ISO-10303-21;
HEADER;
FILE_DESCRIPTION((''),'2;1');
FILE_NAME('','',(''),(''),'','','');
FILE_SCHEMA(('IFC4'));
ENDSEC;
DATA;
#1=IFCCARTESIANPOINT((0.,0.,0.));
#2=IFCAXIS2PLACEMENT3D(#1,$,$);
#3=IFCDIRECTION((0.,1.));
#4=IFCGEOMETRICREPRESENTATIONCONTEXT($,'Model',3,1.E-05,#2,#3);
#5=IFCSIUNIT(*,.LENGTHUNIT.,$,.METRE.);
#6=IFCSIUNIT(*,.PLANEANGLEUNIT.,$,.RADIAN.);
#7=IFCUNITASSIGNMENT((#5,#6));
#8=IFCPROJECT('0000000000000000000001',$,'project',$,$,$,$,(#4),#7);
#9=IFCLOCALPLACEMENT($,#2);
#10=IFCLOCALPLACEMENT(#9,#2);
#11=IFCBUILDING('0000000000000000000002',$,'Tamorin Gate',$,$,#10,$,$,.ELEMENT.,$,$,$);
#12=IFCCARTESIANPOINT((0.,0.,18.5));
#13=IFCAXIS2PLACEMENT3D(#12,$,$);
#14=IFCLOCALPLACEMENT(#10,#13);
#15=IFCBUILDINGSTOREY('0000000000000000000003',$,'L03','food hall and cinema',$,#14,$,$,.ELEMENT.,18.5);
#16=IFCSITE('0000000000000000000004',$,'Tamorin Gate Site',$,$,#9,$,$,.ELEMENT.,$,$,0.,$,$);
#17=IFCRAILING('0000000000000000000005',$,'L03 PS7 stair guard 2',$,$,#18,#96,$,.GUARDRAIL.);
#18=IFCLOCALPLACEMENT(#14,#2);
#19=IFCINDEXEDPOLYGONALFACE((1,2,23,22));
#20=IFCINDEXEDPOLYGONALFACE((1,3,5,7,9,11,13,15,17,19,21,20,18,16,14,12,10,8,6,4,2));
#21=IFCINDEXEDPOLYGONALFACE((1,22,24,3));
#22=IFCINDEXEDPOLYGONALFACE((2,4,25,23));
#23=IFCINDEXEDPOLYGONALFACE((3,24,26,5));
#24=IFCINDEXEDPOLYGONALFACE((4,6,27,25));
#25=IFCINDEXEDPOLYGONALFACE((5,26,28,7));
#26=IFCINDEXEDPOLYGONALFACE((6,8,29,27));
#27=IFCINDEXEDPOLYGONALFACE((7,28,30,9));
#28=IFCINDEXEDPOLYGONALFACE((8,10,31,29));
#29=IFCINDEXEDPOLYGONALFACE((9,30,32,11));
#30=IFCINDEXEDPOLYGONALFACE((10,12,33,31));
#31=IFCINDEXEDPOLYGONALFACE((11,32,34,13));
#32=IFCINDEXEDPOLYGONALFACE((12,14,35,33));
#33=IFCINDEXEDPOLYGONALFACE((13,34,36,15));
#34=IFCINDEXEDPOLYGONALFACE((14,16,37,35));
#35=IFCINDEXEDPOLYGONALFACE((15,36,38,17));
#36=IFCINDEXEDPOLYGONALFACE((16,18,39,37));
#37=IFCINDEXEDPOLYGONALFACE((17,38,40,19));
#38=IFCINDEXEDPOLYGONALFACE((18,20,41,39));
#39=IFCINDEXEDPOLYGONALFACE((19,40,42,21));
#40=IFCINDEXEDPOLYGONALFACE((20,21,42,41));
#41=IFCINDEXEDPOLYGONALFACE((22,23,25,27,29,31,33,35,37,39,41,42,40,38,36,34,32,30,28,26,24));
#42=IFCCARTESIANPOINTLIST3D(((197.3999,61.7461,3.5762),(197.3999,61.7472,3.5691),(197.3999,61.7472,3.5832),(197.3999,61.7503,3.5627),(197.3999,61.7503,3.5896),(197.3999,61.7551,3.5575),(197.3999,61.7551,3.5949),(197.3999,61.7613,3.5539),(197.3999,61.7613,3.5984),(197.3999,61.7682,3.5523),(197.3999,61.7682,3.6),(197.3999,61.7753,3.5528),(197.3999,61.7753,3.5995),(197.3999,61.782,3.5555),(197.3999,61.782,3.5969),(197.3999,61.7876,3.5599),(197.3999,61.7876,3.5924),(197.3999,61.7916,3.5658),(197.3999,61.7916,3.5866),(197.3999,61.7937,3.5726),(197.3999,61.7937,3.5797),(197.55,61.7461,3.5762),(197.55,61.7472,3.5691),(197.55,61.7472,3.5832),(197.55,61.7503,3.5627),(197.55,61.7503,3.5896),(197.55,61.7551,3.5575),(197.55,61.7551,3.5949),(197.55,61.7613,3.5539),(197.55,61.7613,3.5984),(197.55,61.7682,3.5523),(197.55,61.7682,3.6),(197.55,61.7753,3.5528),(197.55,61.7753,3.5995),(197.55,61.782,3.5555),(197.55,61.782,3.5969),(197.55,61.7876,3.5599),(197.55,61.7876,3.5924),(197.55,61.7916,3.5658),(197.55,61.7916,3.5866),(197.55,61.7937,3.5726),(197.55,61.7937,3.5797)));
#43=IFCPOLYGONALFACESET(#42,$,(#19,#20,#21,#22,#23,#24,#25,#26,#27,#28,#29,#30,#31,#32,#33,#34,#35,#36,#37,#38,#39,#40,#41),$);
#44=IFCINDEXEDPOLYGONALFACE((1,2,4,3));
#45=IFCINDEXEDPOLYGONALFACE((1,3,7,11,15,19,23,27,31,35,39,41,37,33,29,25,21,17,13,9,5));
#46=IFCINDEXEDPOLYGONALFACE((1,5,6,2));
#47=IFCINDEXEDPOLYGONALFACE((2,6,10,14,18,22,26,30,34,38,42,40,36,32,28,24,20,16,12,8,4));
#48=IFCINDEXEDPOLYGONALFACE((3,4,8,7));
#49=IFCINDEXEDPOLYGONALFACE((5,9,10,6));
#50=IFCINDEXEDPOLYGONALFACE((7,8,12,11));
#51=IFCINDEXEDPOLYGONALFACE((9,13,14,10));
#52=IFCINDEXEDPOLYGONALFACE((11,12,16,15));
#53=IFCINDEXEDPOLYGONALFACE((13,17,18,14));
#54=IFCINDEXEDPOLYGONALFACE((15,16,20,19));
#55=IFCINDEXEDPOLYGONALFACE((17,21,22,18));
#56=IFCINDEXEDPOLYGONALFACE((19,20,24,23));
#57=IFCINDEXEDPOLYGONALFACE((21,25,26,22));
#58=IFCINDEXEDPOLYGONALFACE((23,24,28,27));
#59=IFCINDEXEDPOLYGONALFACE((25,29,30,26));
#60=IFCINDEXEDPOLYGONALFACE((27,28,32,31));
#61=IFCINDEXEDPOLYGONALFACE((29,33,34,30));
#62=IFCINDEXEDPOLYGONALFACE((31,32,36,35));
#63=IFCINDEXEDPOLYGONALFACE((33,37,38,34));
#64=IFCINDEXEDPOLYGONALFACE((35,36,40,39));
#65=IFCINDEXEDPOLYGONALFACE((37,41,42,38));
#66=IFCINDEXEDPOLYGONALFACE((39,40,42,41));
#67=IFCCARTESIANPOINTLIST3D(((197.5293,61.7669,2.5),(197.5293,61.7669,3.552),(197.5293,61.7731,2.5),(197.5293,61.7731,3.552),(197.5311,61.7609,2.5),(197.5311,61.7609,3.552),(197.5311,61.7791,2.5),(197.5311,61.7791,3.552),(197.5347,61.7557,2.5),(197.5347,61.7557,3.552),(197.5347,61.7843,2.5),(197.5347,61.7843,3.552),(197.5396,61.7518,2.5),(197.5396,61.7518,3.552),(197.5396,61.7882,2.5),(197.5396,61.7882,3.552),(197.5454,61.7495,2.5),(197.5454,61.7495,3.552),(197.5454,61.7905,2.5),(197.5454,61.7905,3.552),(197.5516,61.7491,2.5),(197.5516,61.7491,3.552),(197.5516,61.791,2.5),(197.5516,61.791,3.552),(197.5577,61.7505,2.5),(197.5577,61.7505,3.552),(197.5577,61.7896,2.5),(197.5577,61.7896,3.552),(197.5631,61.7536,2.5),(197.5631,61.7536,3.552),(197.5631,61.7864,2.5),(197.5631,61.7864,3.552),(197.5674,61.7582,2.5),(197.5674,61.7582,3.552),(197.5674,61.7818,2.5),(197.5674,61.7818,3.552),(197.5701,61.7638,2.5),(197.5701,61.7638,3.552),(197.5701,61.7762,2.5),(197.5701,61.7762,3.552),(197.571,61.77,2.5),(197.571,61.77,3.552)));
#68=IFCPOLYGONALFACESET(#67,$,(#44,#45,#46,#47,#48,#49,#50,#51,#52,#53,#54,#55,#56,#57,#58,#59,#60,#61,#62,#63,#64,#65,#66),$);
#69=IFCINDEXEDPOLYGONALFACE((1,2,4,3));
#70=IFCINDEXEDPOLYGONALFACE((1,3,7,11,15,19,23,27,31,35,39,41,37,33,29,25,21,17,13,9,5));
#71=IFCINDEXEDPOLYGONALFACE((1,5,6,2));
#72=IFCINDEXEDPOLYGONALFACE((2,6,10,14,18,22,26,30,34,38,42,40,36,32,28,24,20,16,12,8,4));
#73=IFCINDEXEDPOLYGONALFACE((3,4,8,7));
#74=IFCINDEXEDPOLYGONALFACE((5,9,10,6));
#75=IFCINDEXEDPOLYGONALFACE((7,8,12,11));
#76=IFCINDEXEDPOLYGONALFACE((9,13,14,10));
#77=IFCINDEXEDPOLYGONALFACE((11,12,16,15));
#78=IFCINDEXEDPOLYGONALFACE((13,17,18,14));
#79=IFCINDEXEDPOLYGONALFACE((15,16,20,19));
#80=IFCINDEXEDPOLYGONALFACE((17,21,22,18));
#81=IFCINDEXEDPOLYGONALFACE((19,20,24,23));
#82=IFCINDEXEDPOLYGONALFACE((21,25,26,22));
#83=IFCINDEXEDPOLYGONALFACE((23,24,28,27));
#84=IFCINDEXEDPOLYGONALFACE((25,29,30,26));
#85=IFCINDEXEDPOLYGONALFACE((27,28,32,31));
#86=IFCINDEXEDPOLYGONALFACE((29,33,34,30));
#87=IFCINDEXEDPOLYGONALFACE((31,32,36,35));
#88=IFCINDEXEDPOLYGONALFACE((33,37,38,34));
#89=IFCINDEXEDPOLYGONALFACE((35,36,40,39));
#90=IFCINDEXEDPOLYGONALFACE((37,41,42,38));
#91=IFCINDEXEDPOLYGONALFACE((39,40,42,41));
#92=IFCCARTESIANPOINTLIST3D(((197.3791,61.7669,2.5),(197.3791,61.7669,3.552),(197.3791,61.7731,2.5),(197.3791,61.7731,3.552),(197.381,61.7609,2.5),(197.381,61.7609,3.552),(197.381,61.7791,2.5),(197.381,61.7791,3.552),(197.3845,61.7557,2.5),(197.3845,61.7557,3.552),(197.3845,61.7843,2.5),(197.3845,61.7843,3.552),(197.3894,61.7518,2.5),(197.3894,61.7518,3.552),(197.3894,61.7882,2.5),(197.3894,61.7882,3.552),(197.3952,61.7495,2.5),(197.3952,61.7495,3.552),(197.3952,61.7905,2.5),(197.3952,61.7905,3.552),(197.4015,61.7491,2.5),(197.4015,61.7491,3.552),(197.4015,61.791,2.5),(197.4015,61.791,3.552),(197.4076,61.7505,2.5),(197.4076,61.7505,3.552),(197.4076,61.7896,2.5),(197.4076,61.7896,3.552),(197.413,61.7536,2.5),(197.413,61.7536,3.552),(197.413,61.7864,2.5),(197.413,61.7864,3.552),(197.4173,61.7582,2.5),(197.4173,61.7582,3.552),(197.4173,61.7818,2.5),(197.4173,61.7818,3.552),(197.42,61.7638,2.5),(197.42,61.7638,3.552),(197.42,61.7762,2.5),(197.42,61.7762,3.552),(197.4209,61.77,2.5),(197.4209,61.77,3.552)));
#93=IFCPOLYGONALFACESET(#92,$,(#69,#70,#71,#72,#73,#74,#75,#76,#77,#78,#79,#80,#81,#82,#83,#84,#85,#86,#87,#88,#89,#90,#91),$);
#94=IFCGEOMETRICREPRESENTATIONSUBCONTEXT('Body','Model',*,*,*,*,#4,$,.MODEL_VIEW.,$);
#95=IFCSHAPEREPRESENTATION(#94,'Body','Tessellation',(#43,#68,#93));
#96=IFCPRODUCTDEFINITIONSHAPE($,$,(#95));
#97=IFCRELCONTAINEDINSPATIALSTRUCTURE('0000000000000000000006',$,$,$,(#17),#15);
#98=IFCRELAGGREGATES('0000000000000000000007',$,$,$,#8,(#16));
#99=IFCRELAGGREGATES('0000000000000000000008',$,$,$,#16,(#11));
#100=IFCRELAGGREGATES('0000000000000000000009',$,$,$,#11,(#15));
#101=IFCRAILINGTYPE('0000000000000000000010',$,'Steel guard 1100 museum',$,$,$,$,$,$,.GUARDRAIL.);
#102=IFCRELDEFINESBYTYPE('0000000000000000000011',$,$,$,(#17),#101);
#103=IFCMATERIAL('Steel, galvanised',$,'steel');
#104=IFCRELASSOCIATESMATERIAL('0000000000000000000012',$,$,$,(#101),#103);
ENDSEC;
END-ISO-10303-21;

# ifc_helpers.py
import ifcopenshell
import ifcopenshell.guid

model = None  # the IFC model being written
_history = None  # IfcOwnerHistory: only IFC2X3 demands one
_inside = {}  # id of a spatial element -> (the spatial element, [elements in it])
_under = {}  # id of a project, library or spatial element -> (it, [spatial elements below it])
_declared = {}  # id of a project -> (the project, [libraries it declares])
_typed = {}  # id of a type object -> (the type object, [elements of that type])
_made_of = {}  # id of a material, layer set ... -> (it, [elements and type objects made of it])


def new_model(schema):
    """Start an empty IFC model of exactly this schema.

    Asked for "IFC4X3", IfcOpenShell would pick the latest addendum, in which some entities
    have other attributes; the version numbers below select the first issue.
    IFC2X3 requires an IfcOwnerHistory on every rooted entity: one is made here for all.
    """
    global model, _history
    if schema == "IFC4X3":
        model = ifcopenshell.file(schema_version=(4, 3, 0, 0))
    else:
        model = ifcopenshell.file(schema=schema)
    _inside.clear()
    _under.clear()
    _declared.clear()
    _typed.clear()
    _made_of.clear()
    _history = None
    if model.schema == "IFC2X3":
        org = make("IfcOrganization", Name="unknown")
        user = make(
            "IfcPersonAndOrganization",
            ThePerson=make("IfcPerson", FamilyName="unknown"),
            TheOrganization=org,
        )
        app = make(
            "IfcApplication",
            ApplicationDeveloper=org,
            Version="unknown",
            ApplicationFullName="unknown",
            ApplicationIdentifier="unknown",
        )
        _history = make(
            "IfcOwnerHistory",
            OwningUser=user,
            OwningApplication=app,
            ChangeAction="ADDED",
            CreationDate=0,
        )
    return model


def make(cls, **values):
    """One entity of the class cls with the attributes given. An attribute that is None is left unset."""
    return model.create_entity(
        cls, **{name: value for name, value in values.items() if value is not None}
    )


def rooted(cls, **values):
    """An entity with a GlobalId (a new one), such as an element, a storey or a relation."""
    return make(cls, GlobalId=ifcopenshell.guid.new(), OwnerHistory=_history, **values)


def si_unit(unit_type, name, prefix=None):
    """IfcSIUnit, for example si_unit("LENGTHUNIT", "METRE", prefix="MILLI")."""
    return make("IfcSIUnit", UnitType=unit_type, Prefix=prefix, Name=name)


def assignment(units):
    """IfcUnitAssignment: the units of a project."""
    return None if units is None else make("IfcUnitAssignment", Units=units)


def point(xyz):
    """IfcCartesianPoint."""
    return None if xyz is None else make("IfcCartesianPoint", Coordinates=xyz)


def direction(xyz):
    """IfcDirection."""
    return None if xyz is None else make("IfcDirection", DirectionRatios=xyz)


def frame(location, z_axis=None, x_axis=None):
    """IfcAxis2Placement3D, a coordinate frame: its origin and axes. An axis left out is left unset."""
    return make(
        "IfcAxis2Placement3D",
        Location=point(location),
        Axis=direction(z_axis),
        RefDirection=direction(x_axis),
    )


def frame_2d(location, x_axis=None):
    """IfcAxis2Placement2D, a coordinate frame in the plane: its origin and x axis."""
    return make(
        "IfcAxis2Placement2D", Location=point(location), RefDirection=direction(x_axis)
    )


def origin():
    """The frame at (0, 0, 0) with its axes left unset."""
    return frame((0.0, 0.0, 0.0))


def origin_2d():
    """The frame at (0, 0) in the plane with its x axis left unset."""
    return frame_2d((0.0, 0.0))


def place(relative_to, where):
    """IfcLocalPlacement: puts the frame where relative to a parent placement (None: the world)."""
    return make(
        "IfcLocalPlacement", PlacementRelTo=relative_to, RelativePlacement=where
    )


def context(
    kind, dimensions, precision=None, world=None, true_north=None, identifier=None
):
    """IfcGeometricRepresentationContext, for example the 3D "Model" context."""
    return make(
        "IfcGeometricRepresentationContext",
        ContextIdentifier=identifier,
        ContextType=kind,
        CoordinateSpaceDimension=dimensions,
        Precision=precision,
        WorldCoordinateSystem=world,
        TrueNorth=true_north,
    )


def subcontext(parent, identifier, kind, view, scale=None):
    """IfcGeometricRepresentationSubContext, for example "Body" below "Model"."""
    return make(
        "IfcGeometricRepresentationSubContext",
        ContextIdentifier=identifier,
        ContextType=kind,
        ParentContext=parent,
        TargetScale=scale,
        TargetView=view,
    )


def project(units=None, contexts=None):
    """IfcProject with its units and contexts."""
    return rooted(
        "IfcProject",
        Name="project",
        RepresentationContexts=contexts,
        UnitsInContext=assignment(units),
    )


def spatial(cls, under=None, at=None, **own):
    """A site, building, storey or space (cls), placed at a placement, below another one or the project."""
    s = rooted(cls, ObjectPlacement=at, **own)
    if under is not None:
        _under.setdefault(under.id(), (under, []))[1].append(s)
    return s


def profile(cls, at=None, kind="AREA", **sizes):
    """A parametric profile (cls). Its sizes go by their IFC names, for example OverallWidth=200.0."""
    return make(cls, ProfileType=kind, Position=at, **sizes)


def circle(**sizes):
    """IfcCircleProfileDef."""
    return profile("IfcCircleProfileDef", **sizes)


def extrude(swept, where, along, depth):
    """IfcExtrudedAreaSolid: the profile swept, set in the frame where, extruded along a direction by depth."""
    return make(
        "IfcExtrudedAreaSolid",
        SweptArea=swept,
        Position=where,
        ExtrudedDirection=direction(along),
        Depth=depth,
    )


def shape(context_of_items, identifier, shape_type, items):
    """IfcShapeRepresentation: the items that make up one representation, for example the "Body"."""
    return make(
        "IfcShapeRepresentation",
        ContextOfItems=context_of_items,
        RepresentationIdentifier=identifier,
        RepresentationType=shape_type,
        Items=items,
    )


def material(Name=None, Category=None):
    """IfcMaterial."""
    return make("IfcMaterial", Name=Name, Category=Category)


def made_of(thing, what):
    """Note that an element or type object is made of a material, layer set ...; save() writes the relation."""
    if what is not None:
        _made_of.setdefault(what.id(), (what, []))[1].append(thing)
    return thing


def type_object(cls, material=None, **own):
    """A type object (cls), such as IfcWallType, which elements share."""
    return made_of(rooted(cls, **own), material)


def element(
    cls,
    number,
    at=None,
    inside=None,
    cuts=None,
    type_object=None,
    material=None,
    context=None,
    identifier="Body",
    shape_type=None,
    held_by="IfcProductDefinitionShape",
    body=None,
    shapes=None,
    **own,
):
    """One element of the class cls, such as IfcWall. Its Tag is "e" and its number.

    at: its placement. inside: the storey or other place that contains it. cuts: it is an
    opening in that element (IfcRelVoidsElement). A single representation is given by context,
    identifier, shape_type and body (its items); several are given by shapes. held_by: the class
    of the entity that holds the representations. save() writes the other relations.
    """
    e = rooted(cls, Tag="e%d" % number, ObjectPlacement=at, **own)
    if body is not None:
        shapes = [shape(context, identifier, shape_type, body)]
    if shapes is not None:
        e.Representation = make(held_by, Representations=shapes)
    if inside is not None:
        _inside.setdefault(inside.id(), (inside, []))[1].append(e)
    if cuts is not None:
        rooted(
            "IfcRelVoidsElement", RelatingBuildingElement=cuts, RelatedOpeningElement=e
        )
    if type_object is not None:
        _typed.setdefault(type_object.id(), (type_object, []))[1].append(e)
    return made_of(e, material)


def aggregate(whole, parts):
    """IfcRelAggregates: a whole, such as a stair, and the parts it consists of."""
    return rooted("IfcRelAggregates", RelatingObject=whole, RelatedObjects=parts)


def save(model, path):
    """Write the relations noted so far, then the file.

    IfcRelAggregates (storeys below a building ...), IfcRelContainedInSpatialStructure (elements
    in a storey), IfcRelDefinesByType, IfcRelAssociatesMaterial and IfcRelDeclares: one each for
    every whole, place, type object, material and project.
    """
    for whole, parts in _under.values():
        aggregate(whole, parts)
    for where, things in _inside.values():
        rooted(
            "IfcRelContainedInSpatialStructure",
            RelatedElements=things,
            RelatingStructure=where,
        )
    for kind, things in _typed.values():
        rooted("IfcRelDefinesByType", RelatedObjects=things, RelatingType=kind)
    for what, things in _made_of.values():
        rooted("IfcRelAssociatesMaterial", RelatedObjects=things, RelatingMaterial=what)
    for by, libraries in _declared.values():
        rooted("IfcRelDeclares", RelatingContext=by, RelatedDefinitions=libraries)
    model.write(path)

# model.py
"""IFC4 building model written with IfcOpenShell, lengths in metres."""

from ifc_helpers import new_model, si_unit, direction, frame, origin, origin_2d, place, context, subcontext, project, spatial, circle, extrude, material, type_object, element, save


model = new_model("IFC4")

# Units and contexts
model_context = context("Model", 3, precision=1e-05, world=origin(), true_north=direction((0.0, 1.0)))
body_context = subcontext(model_context, "Body", "Model", "MODEL_VIEW")
ifc_project = project(units=[si_unit("LENGTHUNIT", "METRE"), si_unit("PLANEANGLEUNIT", "RADIAN")], contexts=[model_context])

# Site, building, storey
site_placement = place(None, origin())
site = spatial("IfcSite", under=ifc_project, at=site_placement, Name="Tamorin Gate Site", CompositionType="ELEMENT", RefElevation=0.0)
building_placement = place(site_placement, origin())
building = spatial("IfcBuilding", under=site, at=building_placement, Name="Tamorin Gate", CompositionType="ELEMENT")
storey_placement = place(building_placement, frame((0.0, 0.0, 18.5)))
storey = spatial("IfcBuildingStorey", under=building, at=storey_placement, Name="L03", Description="food hall and cinema", CompositionType="ELEMENT", Elevation=18.5)

# Railing
ifc_material_1 = material(Name="Steel, galvanised", Category="steel")
railing_type_1 = type_object("IfcRailingType", Name="Steel guard 1100 museum", PredefinedType="GUARDRAIL", material=ifc_material_1)
railing_1_placement = place(storey_placement, frame((197.55, 61.77, 2.5)))
element("IfcRailing", 1, at=railing_1_placement, inside=storey, type_object=railing_type_1, Name="L03 PS7 stair guard 2", PredefinedType="GUARDRAIL", context=body_context, shape_type="SweptSolid", body=[
    extrude(circle(Radius=0.0239, at=origin_2d()), frame((0.0, 0.0, 1.0762), z_axis=(-1.0, 0.0, 0.0), x_axis=(0.0, -1.0, 0.0)), (0.0, 0.0, 1.0), 0.1501),
    extrude(circle(Radius=0.021, at=origin_2d()), origin(), (0.0, 0.0, 1.0), 1.052),
    extrude(circle(Radius=0.021, at=origin_2d()), frame((-0.1501, 0.0, 0.0)), (0.0, 0.0, 1.0), 1.052),
])

save(model, "model.ifc")
